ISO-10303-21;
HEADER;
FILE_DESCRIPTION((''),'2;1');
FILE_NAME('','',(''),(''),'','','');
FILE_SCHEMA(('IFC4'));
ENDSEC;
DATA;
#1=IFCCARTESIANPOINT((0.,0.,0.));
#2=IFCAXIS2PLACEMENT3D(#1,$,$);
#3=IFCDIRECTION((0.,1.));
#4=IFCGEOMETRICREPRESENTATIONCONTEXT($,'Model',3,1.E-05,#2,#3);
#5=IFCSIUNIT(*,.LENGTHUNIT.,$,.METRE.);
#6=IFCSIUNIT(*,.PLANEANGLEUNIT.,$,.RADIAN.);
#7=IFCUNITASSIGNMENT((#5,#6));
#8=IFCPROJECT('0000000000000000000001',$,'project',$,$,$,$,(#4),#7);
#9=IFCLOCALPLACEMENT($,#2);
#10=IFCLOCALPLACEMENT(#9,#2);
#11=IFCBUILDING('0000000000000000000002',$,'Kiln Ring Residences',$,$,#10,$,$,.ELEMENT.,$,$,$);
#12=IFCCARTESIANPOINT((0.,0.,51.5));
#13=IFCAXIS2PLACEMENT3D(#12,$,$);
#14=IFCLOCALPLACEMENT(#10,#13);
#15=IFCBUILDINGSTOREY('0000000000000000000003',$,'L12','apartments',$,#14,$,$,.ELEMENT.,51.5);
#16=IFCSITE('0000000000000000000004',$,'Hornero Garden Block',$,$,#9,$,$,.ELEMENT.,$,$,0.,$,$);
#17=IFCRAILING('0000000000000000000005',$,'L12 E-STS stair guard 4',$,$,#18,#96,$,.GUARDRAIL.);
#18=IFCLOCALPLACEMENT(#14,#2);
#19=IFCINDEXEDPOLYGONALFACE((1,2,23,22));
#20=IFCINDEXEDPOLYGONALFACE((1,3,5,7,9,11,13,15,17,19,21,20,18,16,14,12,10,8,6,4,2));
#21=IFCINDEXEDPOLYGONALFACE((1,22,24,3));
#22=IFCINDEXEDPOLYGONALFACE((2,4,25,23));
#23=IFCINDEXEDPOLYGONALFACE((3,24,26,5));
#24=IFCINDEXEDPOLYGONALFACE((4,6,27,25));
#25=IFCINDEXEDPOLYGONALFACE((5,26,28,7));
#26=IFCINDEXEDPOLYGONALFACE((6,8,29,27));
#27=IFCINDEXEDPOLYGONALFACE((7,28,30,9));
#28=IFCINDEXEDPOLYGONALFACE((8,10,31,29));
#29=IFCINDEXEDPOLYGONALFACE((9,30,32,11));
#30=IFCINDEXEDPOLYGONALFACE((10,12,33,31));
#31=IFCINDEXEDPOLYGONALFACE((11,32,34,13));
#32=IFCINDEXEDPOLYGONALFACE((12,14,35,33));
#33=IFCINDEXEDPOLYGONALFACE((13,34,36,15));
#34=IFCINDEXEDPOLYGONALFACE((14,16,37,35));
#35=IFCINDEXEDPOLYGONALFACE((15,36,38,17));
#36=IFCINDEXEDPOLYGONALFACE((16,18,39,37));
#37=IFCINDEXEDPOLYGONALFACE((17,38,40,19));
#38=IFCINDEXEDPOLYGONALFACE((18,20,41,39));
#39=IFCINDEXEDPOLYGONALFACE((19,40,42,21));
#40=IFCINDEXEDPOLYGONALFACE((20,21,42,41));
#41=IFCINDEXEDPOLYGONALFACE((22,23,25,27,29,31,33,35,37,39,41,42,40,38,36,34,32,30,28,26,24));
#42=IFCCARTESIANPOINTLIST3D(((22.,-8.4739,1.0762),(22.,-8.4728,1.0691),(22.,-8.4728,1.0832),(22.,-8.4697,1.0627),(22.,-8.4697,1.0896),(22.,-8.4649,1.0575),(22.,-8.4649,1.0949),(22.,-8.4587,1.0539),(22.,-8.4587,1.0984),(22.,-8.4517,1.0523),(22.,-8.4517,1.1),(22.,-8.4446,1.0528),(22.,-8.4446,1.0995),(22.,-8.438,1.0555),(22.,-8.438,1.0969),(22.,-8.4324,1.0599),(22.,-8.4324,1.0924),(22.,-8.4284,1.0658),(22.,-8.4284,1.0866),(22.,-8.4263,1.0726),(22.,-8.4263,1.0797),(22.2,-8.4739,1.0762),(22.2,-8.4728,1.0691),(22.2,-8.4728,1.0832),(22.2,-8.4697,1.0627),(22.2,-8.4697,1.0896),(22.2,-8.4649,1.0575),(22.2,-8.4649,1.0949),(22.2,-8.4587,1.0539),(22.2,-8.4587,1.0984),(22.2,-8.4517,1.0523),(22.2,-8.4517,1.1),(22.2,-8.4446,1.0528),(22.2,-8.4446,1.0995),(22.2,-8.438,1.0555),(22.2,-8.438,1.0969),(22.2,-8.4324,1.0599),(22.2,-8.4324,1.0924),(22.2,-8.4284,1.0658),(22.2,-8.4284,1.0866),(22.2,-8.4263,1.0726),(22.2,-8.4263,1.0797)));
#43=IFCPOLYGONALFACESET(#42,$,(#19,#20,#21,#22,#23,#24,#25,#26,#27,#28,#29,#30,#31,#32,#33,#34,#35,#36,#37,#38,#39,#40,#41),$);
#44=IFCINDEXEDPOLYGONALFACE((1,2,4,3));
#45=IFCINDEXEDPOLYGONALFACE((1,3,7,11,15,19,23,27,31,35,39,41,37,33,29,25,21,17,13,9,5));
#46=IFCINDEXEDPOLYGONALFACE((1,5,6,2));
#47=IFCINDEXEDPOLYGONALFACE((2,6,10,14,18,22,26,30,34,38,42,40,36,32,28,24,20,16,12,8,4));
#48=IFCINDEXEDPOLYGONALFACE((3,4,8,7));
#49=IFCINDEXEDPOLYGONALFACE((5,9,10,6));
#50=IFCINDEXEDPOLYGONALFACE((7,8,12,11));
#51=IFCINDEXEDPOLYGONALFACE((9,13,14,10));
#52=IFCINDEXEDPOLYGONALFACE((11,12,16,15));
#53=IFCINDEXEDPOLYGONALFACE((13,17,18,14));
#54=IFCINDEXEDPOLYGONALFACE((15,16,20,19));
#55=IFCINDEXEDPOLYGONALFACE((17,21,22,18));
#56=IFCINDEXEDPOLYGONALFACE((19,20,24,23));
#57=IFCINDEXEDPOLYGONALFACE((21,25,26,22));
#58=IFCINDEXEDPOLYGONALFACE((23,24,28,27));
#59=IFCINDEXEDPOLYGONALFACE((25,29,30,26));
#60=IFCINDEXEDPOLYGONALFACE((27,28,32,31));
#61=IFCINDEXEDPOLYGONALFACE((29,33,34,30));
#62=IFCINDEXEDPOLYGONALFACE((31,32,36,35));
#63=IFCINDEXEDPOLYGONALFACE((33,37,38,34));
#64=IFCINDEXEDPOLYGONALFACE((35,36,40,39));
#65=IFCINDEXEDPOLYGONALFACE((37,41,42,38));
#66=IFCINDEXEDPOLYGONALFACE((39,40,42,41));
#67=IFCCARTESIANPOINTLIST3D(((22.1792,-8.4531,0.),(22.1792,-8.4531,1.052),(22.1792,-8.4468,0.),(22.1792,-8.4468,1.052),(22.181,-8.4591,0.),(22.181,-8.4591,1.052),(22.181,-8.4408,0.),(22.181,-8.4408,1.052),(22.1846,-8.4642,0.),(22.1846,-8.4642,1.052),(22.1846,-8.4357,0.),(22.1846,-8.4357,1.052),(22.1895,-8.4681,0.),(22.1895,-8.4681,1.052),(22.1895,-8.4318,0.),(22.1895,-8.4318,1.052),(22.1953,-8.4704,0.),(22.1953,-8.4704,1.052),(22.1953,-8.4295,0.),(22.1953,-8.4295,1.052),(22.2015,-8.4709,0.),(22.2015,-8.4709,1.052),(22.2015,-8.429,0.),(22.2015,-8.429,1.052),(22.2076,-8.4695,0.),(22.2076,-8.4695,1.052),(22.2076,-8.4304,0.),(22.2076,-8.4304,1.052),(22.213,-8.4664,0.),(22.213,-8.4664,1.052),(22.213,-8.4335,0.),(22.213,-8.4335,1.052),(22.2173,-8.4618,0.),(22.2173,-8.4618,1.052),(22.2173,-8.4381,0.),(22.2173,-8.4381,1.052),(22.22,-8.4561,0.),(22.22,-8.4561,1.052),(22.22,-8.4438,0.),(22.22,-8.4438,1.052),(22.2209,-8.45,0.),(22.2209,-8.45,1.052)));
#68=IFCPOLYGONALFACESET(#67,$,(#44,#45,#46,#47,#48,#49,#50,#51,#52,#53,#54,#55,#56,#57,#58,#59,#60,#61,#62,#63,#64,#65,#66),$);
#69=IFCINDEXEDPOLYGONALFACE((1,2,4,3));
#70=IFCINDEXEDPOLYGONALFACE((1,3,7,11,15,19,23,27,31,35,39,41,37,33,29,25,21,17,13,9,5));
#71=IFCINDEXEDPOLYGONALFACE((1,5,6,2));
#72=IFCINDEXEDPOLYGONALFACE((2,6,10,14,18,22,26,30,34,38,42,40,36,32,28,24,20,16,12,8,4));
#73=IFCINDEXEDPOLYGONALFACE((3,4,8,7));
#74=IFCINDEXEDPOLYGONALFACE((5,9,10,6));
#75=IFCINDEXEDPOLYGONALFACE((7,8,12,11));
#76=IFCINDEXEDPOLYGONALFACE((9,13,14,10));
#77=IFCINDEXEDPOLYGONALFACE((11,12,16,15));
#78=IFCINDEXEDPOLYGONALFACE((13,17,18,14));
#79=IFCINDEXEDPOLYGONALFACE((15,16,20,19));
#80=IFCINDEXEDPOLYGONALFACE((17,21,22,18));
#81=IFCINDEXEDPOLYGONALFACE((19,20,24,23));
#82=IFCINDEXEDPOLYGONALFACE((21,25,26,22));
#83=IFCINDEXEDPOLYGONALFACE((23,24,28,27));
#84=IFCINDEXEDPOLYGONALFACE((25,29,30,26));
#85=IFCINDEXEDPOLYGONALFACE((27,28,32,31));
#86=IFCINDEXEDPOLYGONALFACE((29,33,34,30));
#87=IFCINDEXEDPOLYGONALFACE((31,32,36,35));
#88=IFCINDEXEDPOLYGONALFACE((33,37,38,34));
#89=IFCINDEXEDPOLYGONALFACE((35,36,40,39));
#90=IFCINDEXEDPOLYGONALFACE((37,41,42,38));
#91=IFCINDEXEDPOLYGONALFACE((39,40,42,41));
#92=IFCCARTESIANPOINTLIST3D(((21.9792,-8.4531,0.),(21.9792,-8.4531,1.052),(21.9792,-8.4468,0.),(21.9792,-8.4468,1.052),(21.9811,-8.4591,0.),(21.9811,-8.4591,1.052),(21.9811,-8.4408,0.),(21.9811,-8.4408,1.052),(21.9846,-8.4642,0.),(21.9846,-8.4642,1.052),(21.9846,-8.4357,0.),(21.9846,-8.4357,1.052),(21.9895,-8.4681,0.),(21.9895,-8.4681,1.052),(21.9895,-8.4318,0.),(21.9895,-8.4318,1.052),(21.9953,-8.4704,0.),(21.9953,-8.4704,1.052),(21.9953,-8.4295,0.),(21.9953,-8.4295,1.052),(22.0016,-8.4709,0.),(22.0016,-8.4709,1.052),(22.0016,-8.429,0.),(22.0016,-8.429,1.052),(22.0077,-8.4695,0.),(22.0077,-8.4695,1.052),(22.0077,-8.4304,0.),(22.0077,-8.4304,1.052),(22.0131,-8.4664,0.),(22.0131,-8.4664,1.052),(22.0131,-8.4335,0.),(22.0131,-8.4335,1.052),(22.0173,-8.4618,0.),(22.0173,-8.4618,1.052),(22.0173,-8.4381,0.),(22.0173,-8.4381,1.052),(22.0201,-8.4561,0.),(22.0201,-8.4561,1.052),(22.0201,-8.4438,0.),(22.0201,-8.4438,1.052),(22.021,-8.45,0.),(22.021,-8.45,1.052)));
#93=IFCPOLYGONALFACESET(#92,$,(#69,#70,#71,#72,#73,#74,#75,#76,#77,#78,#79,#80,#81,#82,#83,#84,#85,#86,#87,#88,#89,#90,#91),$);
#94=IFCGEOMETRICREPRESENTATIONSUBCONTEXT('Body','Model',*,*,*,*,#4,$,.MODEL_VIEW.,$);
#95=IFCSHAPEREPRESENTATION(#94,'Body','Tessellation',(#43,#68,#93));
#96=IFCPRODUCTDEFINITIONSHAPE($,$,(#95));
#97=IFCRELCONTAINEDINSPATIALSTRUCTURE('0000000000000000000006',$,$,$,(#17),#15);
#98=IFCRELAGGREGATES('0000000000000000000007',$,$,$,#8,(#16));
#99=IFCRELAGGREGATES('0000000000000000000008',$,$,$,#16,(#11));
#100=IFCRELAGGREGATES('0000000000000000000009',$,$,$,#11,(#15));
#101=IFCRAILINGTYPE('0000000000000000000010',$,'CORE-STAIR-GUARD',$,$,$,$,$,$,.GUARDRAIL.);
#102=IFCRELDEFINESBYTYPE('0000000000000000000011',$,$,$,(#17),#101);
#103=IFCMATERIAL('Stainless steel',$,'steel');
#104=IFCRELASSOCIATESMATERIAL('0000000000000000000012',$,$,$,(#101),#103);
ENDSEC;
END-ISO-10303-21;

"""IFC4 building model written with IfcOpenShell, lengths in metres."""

from ifc_helpers import new_model, si_unit, direction, frame, origin, origin_2d, place, context, subcontext, project, spatial, circle, extrude, material, type_object, element, save


model = new_model("IFC4")

# Units and contexts
model_context = context("Model", 3, precision=1e-05, world=origin(), true_north=direction((0.0, 1.0)))
body_context = subcontext(model_context, "Body", "Model", "MODEL_VIEW")
ifc_project = project(units=[si_unit("LENGTHUNIT", "METRE"), si_unit("PLANEANGLEUNIT", "RADIAN")], contexts=[model_context])

# Site, building, storey
site_placement = place(None, origin())
site = spatial("IfcSite", under=ifc_project, at=site_placement, Name="Hornero Garden Block", CompositionType="ELEMENT", RefElevation=0.0)
building_placement = place(site_placement, origin())
building = spatial("IfcBuilding", under=site, at=building_placement, Name="Kiln Ring Residences", CompositionType="ELEMENT")
storey_placement = place(building_placement, frame((0.0, 0.0, 51.5)))
storey = spatial("IfcBuildingStorey", under=building, at=storey_placement, Name="L12", Description="apartments", CompositionType="ELEMENT", Elevation=51.5)

# Railing
ifc_material_1 = material(Name="Stainless steel", Category="steel")
railing_type_1 = type_object("IfcRailingType", Name="CORE-STAIR-GUARD", PredefinedType="GUARDRAIL", material=ifc_material_1)
railing_1_placement = place(storey_placement, frame((22.2, -8.45, 0.0)))
element("IfcRailing", 1, at=railing_1_placement, inside=storey, type_object=railing_type_1, Name="L12 E-STS stair guard 4", PredefinedType="GUARDRAIL", context=body_context, shape_type="SweptSolid", body=[
    extrude(circle(Radius=0.0239, at=origin_2d()), frame((0.0, 0.0, 1.0762), z_axis=(-1.0, 0.0, 0.0), x_axis=(0.0, -1.0, 0.0)), (0.0, 0.0, 1.0), 0.2),
    extrude(circle(Radius=0.021, at=origin_2d()), origin(), (0.0, 0.0, 1.0), 1.052),
    extrude(circle(Radius=0.021, at=origin_2d()), frame((-0.2, 0.0, 0.0)), (0.0, 0.0, 1.0), 1.052),
])

save(model, "model.ifc")
